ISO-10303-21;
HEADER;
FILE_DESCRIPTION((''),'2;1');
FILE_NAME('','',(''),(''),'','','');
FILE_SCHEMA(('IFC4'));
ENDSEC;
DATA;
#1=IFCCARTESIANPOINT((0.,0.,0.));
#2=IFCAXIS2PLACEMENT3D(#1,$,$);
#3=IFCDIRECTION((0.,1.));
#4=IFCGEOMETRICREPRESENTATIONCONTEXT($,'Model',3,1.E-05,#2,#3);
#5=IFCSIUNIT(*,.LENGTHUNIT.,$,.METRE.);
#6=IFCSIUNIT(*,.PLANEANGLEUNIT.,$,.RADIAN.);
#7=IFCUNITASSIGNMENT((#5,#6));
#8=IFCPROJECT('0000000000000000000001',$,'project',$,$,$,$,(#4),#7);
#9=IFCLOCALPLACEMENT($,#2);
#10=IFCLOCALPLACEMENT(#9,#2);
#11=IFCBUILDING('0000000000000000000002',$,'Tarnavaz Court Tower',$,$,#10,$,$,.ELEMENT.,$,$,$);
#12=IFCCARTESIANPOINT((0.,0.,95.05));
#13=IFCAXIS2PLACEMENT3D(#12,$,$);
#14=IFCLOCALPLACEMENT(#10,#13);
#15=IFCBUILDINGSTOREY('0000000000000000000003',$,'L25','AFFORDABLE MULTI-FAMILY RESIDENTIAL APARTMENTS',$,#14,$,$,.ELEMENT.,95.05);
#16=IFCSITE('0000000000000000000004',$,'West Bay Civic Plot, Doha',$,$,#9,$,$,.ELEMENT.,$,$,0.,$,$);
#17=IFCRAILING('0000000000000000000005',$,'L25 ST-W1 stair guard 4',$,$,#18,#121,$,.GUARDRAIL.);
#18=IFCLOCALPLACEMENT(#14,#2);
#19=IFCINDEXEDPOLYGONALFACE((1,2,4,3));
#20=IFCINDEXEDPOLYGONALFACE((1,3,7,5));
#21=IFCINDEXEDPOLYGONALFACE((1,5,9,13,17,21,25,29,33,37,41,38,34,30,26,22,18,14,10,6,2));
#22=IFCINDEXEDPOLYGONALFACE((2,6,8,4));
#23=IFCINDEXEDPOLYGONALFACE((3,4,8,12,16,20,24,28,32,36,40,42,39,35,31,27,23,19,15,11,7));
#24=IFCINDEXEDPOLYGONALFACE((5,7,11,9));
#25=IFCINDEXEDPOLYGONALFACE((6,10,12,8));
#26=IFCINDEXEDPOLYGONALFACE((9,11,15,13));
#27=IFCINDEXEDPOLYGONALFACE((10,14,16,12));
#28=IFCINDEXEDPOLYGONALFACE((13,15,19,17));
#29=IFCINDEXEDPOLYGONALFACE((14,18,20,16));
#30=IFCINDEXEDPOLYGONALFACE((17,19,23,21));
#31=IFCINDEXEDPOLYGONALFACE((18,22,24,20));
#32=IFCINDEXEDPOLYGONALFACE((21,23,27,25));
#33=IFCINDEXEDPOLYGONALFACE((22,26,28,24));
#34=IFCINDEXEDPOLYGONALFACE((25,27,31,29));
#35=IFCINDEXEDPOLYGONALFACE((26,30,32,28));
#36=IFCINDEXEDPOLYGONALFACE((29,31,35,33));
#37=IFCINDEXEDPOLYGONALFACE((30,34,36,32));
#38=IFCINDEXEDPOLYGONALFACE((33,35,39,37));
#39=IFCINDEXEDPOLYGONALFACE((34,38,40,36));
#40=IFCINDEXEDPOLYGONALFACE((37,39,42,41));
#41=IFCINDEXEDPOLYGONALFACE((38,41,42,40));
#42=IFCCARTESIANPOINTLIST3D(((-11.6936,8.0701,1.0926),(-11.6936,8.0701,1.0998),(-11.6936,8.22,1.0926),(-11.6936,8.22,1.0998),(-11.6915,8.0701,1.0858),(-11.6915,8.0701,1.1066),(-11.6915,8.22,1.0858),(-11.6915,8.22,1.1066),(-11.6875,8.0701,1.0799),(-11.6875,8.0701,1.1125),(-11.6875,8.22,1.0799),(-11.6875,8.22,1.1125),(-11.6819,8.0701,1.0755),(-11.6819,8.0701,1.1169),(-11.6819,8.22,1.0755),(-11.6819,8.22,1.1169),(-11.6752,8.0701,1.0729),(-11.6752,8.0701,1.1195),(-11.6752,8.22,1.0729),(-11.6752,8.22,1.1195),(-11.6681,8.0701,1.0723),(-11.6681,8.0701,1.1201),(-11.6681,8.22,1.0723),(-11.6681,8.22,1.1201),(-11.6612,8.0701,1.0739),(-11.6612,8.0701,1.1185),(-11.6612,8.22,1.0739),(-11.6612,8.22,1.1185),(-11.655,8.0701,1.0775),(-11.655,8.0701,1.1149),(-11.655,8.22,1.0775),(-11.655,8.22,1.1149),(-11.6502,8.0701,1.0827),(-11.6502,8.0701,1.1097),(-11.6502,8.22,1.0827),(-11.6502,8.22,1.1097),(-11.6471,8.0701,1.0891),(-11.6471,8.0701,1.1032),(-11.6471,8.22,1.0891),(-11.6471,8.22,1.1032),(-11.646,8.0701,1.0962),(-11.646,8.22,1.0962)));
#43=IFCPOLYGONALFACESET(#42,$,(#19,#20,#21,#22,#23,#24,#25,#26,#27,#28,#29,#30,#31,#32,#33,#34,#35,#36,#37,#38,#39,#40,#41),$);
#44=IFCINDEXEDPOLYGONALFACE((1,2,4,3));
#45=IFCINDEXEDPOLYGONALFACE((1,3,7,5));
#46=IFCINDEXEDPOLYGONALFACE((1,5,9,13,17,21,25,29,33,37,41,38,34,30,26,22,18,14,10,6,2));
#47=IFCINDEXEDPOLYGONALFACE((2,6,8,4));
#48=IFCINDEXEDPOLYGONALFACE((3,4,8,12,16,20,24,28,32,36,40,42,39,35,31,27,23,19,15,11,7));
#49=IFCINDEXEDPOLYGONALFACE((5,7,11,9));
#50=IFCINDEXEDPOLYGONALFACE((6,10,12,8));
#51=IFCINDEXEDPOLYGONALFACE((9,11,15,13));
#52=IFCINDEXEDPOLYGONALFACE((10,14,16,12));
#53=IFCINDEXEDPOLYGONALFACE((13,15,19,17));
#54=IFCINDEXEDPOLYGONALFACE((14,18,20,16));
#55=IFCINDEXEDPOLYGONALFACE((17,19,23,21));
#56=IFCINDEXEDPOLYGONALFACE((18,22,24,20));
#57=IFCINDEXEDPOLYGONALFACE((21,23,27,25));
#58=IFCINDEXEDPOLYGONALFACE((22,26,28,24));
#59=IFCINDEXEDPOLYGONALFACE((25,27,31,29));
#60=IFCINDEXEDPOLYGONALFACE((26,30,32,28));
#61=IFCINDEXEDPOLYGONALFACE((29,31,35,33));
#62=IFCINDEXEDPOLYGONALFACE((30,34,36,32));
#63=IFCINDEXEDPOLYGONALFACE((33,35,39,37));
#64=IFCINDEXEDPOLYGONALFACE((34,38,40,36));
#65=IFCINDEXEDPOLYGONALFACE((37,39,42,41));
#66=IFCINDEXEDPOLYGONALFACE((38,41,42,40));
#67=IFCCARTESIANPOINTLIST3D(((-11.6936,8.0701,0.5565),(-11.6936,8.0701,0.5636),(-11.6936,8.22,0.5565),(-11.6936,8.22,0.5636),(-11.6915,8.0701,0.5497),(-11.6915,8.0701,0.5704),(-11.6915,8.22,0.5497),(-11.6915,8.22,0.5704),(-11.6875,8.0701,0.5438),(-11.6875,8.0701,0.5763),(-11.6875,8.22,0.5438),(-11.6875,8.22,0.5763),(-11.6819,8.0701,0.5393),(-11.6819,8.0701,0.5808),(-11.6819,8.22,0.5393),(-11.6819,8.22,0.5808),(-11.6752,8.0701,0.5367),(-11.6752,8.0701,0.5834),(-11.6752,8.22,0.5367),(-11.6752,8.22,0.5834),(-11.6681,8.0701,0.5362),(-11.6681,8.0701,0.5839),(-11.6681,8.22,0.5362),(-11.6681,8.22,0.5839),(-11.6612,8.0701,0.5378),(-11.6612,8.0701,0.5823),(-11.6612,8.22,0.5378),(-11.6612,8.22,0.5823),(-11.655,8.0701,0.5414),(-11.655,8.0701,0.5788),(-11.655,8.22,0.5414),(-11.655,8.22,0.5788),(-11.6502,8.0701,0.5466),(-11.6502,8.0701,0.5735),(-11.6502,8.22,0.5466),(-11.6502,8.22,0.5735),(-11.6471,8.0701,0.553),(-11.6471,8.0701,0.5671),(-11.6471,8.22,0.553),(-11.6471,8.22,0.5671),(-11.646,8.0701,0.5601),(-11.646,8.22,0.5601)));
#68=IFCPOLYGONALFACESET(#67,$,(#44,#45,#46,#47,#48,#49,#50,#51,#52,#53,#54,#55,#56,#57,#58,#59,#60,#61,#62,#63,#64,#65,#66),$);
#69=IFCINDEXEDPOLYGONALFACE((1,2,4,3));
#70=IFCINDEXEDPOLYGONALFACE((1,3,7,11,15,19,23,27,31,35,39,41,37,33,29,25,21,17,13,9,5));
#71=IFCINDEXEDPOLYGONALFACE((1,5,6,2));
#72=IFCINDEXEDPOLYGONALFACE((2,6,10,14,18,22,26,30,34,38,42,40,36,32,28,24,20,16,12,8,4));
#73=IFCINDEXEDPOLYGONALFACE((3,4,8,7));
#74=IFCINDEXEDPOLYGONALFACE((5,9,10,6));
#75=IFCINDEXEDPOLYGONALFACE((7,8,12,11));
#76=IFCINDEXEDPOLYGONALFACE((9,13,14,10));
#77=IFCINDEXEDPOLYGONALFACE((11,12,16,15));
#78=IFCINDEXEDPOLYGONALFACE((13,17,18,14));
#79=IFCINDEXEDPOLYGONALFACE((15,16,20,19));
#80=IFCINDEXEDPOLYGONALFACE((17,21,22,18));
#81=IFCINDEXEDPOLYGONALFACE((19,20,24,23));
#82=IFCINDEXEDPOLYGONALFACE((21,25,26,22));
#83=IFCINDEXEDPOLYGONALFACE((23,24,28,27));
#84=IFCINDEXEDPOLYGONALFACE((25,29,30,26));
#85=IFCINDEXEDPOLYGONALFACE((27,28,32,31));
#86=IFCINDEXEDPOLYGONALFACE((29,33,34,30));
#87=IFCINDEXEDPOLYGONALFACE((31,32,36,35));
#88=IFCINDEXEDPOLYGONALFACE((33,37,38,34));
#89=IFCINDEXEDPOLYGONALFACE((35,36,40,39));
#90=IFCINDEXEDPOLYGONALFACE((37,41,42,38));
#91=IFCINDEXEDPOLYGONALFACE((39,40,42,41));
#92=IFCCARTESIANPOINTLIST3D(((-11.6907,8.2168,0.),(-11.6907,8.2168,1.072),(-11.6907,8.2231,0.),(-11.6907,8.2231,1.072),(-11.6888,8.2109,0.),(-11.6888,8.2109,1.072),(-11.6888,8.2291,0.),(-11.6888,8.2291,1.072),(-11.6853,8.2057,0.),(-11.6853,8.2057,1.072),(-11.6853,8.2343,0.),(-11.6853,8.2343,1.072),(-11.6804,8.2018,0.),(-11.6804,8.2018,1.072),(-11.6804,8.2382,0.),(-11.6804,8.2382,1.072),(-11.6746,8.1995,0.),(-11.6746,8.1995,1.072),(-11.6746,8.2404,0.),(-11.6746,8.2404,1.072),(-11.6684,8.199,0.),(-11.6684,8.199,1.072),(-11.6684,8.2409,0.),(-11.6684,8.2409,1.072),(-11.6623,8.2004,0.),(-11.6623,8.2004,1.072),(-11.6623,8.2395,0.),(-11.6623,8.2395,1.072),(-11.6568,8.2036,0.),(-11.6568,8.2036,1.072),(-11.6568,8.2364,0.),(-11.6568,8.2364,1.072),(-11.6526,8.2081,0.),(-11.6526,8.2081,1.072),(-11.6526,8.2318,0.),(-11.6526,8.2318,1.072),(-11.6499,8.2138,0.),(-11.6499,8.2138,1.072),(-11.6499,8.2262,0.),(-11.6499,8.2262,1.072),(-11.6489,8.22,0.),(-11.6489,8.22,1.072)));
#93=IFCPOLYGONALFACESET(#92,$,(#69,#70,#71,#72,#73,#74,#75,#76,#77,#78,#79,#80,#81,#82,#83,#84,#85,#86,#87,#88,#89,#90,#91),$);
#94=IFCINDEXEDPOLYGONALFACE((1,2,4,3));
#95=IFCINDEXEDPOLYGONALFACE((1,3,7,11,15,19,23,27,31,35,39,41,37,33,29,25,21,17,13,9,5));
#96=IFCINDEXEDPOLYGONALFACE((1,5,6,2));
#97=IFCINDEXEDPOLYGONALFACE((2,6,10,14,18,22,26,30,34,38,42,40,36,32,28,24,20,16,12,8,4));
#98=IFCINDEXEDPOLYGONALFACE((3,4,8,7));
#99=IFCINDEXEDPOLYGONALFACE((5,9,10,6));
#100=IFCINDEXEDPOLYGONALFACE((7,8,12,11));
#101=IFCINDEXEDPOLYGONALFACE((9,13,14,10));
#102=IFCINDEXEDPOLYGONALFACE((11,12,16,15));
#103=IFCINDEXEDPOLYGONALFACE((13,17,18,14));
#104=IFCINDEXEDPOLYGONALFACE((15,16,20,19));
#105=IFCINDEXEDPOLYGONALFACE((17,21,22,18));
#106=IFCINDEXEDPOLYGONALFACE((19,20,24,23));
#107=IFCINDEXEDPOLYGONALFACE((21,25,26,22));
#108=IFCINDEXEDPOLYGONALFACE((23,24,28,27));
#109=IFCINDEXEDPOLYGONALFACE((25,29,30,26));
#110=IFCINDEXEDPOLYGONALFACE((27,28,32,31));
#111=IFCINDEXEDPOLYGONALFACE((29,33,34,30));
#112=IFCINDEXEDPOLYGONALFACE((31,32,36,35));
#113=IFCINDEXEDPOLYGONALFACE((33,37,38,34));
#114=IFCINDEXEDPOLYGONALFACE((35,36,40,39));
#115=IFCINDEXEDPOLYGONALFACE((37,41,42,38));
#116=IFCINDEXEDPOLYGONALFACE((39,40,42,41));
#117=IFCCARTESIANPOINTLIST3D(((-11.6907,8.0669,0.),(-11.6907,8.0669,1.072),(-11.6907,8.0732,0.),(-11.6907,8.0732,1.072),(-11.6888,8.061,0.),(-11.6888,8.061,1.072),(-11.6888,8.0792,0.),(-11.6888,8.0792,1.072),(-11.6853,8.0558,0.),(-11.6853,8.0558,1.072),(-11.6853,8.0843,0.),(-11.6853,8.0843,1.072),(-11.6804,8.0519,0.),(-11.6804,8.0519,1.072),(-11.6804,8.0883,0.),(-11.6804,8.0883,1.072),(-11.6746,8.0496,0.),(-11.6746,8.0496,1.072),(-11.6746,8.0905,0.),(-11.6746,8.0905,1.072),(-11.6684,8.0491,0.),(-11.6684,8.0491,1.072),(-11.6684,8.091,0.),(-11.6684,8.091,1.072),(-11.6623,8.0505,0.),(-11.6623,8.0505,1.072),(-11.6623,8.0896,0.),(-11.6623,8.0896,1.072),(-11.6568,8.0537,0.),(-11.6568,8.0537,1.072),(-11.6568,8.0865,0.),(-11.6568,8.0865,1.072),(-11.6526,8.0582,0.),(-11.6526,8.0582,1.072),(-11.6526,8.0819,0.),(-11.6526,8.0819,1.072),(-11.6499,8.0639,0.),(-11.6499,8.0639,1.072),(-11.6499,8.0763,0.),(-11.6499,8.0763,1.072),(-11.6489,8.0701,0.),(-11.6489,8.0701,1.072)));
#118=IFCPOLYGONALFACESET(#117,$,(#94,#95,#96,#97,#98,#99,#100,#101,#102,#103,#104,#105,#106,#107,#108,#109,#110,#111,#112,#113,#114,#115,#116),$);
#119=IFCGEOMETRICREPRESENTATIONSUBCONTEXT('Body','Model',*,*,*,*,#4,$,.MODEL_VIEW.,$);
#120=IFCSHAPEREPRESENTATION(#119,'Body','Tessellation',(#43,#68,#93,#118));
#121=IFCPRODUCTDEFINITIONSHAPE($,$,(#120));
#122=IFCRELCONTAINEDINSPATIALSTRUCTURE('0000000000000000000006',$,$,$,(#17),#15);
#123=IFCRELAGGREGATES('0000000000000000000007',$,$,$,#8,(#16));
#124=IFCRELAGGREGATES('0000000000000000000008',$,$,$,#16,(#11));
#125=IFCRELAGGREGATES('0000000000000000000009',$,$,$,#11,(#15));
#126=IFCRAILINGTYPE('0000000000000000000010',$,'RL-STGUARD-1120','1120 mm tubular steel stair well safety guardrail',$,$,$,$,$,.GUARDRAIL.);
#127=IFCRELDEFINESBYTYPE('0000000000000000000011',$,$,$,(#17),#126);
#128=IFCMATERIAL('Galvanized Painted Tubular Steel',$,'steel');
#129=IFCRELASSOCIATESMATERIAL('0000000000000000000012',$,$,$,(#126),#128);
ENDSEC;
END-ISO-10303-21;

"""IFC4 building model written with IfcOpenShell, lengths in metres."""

from ifc_helpers import new_model, si_unit, direction, frame, origin, origin_2d, place, context, subcontext, project, spatial, circle, extrude, material, type_object, element, save


model = new_model("IFC4")

# Units and contexts
model_context = context("Model", 3, precision=1e-05, world=origin(), true_north=direction((0.0, 1.0)))
body_context = subcontext(model_context, "Body", "Model", "MODEL_VIEW")
ifc_project = project(units=[si_unit("LENGTHUNIT", "METRE"), si_unit("PLANEANGLEUNIT", "RADIAN")], contexts=[model_context])

# Site, building, storey
site_placement = place(None, origin())
site = spatial("IfcSite", under=ifc_project, at=site_placement, Name="West Bay Civic Plot, Doha", CompositionType="ELEMENT", RefElevation=0.0)
building_placement = place(site_placement, origin())
building = spatial("IfcBuilding", under=site, at=building_placement, Name="Tarnavaz Court Tower", CompositionType="ELEMENT")
storey_placement = place(building_placement, frame((0.0, 0.0, 95.05)))
storey = spatial("IfcBuildingStorey", under=building, at=storey_placement, Name="L25", Description="AFFORDABLE MULTI-FAMILY RESIDENTIAL APARTMENTS", CompositionType="ELEMENT", Elevation=95.05)

# Railing
ifc_material_1 = material(Name="Galvanized Painted Tubular Steel", Category="steel")
railing_type_1 = type_object("IfcRailingType", Name="RL-STGUARD-1120", Description="1120 mm tubular steel stair well safety guardrail", PredefinedType="GUARDRAIL", material=ifc_material_1)
railing_1_placement = place(storey_placement, frame((-11.6699, 8.22, 0.0)))
element("IfcRailing", 1, at=railing_1_placement, inside=storey, type_object=railing_type_1, Name="L25 ST-W1 stair guard 4", PredefinedType="GUARDRAIL", context=body_context, shape_type="SweptSolid", body=[
    extrude(circle(Radius=0.0239, at=origin_2d()), frame((0.0, 0.0, 1.0962), z_axis=(0.0, -1.0, 0.0), x_axis=(1.0, 0.0, 0.0)), (0.0, 0.0, 1.0), 0.1499),
    extrude(circle(Radius=0.0239, at=origin_2d()), frame((0.0, 0.0, 0.5601), z_axis=(0.0, -1.0, 0.0), x_axis=(1.0, 0.0, 0.0)), (0.0, 0.0, 1.0), 0.1499),
    extrude(circle(Radius=0.021, at=origin_2d()), origin(), (0.0, 0.0, 1.0), 1.072),
    extrude(circle(Radius=0.021, at=origin_2d()), frame((0.0, -0.1499, 0.0)), (0.0, 0.0, 1.0), 1.072),
])

save(model, "model.ifc")
